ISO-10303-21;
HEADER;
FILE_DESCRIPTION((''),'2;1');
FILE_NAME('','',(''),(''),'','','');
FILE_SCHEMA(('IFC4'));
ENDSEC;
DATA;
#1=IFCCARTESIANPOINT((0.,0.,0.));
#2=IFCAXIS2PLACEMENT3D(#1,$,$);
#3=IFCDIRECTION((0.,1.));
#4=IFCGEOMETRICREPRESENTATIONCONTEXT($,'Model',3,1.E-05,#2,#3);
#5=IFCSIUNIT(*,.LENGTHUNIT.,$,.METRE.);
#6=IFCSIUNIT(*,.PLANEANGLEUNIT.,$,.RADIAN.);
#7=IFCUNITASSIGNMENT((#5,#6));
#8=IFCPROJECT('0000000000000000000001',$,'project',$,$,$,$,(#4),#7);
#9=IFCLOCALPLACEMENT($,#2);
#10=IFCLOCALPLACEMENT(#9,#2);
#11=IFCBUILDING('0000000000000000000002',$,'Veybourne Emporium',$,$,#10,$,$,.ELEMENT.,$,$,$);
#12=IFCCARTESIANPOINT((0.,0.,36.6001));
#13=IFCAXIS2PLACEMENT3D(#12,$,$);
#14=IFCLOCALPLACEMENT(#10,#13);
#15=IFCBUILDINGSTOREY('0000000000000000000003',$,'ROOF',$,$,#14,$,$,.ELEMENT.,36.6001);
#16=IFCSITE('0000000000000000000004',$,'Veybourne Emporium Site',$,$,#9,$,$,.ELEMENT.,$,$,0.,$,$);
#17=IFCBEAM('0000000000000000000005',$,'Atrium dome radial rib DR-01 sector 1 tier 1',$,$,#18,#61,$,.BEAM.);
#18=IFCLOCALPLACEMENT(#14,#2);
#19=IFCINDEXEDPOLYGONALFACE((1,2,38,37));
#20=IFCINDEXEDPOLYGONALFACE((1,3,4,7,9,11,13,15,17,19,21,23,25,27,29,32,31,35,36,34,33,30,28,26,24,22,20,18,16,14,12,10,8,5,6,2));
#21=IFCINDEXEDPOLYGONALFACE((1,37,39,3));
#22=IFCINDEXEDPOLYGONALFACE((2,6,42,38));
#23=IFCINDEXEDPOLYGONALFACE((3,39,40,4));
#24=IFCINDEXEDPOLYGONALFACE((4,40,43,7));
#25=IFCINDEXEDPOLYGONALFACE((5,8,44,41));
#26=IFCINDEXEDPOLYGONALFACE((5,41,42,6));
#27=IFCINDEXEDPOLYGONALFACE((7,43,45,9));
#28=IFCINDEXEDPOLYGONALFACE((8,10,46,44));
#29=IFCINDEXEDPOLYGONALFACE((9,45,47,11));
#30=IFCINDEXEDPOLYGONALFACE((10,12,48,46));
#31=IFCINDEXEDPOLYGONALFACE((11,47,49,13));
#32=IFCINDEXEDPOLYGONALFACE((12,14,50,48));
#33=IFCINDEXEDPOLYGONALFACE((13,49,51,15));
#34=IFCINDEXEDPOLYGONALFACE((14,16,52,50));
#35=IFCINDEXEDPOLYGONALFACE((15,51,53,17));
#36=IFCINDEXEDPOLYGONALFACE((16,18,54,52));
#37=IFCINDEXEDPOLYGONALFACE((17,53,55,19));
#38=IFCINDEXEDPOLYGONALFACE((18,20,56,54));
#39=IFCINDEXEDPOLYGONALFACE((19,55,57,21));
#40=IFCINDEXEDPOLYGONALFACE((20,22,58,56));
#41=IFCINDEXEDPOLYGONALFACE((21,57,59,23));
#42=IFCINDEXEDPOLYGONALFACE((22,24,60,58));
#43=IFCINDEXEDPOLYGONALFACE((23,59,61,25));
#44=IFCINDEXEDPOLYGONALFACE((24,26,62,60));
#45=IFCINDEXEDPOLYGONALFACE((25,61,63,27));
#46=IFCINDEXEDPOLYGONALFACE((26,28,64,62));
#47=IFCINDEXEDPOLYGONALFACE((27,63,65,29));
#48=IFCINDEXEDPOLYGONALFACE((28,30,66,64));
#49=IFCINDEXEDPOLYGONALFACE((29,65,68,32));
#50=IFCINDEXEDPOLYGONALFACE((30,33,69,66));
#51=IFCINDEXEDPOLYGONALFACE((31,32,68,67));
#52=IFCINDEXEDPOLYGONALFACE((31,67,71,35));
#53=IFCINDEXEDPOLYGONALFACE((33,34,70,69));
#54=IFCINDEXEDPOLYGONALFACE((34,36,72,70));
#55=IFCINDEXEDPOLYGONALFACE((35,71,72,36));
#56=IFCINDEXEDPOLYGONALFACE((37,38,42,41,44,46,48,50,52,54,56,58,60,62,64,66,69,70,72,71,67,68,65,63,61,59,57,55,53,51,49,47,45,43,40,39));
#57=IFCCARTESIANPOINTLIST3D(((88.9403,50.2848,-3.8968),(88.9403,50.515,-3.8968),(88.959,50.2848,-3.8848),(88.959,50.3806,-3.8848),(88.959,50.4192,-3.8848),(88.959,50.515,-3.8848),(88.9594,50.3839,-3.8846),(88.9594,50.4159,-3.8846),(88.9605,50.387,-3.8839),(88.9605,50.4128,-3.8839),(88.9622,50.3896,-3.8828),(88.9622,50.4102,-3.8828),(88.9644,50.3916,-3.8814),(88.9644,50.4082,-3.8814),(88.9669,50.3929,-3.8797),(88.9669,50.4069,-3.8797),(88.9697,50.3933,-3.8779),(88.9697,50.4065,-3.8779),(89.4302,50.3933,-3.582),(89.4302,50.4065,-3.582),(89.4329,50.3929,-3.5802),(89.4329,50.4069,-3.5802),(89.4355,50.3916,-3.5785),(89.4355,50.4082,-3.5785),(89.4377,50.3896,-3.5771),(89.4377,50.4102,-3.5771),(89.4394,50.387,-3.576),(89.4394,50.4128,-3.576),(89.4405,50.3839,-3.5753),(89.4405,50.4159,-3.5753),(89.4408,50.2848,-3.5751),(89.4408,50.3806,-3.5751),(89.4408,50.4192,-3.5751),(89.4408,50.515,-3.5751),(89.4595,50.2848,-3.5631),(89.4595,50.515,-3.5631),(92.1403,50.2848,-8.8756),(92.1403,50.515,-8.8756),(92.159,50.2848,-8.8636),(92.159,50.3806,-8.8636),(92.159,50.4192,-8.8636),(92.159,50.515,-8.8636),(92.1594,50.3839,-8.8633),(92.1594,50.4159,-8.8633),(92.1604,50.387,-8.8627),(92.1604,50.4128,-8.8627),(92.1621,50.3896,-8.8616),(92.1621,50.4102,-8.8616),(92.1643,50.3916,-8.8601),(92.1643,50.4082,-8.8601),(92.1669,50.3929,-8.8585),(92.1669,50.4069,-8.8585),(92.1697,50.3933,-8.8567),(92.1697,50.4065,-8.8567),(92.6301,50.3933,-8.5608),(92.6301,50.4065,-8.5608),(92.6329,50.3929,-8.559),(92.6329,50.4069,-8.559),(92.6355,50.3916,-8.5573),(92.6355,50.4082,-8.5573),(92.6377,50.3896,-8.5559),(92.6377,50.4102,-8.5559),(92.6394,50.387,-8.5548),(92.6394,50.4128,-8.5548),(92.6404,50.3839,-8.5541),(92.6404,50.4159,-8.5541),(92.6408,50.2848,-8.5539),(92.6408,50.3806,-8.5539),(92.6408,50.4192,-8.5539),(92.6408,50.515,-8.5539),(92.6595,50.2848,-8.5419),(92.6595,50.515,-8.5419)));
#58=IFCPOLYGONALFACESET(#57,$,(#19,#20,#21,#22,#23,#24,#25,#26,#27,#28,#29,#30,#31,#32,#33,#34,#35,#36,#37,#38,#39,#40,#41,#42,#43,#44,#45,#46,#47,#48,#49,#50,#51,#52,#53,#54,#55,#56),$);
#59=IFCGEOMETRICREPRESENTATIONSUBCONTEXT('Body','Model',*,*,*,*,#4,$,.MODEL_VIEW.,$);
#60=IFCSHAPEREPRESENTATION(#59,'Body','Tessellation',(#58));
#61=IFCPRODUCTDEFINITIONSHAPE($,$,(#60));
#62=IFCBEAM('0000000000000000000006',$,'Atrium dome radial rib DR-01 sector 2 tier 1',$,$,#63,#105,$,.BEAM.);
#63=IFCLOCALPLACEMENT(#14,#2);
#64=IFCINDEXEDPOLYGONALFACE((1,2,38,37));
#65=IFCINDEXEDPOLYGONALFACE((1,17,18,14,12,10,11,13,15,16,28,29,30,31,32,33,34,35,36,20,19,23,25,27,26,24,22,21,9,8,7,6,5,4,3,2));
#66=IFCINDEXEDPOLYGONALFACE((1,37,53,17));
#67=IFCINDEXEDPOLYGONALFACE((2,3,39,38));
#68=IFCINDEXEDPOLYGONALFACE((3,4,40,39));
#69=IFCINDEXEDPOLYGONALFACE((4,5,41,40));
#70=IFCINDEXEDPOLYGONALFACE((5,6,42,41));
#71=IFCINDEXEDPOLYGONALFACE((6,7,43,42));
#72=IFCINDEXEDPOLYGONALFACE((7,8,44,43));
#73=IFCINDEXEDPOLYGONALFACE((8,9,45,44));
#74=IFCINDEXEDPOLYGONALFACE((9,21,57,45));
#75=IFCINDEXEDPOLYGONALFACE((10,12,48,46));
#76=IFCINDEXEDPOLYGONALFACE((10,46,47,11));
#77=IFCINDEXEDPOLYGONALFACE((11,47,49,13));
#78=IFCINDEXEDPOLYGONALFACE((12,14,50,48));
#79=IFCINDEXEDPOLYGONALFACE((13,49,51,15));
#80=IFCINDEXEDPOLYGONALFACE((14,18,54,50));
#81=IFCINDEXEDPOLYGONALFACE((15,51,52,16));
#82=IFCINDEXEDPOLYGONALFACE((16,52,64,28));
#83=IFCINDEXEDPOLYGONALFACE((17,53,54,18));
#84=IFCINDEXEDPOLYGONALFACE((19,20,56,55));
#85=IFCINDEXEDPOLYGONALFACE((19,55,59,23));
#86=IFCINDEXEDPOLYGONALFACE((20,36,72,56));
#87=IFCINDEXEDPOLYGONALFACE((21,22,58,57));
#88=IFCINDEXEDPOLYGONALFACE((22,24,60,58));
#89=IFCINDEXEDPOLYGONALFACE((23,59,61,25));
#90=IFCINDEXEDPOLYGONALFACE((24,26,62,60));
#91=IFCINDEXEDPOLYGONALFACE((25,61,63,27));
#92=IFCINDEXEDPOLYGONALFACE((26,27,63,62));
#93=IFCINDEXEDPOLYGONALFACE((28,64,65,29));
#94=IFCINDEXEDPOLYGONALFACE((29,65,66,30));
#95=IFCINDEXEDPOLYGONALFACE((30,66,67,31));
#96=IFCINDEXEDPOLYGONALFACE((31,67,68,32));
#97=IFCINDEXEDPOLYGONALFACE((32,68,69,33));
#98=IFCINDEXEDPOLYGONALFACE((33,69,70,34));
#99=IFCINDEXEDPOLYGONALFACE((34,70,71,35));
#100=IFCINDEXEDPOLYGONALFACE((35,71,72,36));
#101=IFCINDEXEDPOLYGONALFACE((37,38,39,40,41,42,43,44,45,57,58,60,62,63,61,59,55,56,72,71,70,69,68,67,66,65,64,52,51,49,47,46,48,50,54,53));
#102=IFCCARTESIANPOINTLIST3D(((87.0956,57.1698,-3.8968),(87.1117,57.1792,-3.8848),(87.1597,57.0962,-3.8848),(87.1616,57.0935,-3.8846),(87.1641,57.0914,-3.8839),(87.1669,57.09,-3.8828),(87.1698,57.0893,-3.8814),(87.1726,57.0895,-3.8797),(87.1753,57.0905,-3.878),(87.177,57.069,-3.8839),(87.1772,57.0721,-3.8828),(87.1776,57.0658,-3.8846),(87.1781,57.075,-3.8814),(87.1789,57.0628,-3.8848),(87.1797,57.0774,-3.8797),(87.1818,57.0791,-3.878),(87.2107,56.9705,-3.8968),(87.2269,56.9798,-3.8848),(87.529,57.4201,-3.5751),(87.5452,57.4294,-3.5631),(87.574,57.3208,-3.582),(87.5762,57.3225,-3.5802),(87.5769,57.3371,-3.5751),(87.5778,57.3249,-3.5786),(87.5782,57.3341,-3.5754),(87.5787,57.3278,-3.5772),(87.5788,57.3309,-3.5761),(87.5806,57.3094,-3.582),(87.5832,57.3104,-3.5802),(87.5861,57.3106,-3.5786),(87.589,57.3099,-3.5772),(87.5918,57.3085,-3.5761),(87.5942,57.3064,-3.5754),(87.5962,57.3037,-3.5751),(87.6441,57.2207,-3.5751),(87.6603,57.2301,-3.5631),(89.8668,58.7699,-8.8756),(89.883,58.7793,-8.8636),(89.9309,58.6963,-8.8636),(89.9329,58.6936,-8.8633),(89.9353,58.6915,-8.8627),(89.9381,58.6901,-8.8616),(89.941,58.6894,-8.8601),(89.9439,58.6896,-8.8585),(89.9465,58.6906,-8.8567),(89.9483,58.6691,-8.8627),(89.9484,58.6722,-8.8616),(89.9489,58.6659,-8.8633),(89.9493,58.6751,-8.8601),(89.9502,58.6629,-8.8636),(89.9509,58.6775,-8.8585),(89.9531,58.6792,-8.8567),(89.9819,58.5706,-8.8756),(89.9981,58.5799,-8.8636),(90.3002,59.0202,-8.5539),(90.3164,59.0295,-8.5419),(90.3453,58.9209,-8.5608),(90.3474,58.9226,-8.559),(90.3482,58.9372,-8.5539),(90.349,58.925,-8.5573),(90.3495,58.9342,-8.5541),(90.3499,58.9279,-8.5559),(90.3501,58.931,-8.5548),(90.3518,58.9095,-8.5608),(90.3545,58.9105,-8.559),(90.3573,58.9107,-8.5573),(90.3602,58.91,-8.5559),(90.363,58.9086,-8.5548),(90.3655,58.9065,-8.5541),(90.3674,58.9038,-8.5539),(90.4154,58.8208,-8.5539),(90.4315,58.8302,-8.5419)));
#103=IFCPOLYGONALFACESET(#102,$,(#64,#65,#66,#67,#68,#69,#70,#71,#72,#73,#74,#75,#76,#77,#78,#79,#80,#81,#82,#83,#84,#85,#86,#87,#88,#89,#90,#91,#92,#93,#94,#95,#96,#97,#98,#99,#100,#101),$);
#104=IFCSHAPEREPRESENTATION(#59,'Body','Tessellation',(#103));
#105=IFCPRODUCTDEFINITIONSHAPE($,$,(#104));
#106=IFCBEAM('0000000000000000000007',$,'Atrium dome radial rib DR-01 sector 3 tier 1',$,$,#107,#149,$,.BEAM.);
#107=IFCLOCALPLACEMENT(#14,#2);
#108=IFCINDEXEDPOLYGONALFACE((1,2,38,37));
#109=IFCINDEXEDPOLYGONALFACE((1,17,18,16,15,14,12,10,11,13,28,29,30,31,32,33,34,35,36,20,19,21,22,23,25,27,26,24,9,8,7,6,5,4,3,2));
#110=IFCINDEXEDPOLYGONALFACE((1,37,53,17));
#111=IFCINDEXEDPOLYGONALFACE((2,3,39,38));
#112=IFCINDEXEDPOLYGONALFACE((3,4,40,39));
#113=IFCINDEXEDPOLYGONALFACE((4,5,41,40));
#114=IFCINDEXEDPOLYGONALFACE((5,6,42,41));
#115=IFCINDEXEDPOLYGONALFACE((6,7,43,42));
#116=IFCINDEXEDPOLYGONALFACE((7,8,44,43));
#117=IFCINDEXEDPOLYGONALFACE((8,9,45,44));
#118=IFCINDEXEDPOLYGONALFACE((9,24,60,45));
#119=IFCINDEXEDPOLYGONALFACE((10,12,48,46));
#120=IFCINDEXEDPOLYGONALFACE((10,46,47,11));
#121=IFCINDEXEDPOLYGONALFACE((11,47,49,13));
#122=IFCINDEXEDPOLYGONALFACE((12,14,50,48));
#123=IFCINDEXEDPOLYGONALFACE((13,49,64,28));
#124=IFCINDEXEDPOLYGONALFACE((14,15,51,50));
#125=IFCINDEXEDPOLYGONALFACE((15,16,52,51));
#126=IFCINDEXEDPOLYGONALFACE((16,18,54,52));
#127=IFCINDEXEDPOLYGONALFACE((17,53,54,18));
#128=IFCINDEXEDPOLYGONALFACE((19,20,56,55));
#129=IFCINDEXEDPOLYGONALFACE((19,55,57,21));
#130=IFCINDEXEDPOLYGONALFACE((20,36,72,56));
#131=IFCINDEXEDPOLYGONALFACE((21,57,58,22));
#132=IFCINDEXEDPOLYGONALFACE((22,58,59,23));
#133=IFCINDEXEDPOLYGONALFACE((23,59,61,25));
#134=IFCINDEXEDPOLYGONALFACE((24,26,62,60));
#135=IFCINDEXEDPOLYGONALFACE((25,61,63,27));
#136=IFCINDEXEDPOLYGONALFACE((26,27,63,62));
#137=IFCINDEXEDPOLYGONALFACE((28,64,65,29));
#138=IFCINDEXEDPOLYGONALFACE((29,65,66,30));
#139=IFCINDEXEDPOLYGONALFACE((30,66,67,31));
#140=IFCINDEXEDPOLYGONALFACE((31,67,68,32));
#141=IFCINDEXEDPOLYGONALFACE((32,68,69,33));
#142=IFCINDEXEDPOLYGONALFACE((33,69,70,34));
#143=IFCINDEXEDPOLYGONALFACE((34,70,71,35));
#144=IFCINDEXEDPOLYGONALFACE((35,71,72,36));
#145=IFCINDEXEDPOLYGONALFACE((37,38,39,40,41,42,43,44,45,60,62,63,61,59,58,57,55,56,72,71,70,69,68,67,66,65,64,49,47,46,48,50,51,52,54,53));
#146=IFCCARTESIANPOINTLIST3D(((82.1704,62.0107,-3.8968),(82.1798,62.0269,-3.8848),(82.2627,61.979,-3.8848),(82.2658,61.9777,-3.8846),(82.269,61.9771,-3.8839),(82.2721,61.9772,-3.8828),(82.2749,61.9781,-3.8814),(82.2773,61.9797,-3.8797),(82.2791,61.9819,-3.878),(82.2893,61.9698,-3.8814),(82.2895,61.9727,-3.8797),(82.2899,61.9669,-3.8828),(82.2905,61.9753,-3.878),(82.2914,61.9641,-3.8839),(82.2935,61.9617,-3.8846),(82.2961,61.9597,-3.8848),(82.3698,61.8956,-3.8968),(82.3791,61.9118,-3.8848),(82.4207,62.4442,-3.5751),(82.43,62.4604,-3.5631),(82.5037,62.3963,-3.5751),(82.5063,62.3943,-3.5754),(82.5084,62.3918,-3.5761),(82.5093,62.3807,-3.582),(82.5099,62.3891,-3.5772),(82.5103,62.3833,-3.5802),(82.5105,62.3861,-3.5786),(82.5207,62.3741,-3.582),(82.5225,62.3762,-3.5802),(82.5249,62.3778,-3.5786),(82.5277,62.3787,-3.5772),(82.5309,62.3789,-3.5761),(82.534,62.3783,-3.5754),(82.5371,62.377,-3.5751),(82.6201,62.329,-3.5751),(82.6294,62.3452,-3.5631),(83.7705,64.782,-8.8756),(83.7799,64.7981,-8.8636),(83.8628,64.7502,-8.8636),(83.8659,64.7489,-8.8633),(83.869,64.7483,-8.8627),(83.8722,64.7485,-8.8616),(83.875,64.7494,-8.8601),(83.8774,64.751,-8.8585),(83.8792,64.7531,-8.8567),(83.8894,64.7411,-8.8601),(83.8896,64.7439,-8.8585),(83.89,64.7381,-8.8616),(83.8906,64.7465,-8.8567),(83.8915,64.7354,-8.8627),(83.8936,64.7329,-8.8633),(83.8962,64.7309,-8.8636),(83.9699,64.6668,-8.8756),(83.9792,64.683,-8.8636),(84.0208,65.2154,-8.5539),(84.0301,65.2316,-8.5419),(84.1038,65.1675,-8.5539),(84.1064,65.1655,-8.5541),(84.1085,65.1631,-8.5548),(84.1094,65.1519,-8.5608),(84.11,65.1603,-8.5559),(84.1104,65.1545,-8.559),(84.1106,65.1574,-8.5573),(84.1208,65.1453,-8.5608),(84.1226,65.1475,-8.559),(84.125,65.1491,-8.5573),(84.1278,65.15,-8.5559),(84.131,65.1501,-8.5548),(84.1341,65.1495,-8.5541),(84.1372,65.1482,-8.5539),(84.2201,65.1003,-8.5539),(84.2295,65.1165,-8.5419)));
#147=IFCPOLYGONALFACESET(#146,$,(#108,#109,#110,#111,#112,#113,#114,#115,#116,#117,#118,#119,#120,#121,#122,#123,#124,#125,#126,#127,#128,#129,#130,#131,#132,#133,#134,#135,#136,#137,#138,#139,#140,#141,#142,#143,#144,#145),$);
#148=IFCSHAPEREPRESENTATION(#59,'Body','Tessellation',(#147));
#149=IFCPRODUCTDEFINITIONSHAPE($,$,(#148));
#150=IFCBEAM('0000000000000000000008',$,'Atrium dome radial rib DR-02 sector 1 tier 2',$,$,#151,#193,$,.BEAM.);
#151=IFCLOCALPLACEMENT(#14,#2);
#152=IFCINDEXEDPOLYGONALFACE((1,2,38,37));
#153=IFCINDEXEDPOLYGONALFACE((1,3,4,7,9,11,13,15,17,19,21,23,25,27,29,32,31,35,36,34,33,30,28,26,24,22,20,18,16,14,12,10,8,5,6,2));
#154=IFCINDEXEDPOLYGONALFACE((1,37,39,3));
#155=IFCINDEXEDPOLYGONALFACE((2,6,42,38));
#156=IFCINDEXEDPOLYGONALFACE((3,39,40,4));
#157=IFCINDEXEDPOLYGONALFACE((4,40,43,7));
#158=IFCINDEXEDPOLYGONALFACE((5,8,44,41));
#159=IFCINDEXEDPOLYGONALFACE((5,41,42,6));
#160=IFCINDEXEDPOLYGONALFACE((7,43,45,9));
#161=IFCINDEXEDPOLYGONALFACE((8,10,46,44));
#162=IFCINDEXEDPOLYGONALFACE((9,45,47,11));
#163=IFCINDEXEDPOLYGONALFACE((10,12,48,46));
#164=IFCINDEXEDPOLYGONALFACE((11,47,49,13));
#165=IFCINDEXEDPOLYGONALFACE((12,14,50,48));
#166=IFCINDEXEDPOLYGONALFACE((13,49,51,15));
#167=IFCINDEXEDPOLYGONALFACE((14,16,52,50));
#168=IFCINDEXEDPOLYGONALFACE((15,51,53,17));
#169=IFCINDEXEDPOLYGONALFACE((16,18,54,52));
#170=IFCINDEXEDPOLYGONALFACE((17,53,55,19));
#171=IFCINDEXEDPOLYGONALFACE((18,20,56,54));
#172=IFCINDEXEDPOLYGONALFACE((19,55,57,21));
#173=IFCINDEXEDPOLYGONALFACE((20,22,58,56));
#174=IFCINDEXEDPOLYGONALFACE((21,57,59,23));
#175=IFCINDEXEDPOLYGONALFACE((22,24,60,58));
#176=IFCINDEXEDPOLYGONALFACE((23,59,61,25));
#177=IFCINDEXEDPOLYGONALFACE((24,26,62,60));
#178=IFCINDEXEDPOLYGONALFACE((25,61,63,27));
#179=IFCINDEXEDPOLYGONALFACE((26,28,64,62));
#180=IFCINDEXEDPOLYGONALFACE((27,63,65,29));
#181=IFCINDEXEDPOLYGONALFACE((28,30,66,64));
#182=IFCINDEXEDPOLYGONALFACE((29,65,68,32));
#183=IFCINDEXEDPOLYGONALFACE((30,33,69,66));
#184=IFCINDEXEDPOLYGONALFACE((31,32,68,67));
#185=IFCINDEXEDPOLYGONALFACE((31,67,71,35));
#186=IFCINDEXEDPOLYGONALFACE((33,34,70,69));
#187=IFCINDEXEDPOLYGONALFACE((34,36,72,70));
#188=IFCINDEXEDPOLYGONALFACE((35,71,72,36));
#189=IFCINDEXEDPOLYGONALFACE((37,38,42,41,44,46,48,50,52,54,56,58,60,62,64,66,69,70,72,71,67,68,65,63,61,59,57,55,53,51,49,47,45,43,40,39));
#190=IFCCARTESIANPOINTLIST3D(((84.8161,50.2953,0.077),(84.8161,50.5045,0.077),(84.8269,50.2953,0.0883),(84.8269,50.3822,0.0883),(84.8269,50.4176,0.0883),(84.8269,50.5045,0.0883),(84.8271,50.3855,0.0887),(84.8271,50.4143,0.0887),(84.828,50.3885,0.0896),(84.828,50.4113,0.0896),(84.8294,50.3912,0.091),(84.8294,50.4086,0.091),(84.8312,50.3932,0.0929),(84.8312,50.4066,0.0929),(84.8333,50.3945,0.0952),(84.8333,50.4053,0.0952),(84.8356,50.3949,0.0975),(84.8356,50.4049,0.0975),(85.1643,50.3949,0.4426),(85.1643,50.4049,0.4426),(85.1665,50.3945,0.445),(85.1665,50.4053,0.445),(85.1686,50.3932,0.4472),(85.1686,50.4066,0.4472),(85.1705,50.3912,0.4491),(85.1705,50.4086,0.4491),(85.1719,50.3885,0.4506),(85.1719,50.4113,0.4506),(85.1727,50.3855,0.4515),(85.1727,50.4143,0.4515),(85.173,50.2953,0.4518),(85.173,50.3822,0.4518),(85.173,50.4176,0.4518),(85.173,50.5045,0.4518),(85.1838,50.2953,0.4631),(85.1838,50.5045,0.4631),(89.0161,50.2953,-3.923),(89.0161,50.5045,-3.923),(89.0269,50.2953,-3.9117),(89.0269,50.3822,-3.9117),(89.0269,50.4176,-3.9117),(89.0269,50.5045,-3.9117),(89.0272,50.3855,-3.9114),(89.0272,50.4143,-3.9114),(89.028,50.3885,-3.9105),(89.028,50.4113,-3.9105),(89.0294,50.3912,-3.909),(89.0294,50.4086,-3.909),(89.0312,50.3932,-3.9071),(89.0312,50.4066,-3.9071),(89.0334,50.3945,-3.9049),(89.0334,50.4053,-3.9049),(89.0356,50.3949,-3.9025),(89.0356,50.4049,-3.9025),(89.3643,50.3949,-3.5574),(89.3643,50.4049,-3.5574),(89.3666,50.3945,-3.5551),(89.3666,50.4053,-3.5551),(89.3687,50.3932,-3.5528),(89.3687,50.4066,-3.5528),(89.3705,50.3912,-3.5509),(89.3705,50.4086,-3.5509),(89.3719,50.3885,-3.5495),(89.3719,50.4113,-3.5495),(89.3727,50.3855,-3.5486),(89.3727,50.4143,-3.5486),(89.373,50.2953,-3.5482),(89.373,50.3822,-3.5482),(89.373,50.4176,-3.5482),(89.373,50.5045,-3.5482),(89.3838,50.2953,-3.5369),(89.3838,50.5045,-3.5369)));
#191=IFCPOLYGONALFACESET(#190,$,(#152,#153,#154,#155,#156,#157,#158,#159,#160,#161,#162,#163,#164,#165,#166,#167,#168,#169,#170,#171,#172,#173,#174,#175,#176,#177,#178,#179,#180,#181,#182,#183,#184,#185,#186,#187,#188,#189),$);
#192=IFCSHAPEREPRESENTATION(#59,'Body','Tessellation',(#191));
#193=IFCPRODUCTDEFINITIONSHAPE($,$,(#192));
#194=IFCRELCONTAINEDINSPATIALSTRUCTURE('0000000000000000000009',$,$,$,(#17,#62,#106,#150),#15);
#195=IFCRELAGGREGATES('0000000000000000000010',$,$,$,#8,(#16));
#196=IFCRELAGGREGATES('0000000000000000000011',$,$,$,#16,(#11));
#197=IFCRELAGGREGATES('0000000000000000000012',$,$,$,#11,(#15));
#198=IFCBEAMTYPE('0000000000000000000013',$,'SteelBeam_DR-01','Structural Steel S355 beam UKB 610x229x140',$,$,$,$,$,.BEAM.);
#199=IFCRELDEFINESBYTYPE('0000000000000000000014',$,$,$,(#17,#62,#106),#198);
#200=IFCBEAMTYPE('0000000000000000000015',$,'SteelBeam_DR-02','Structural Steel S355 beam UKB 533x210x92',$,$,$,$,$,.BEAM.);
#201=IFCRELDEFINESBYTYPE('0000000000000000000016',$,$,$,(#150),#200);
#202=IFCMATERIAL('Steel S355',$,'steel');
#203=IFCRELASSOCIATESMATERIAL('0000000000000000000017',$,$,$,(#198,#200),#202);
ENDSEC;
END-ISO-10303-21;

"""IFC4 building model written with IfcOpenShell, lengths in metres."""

from ifc_helpers import new_model, si_unit, direction, frame, origin, origin_2d, place, context, subcontext, project, spatial, i_section, extrude, material, material_profile, profile_set, type_object, element, save


model = new_model("IFC4")

# Units and contexts
model_context = context("Model", 3, precision=1e-05, world=origin(), true_north=direction((0.0, 1.0)))
body_context = subcontext(model_context, "Body", "Model", "MODEL_VIEW")
ifc_project = project(units=[si_unit("LENGTHUNIT", "METRE"), si_unit("PLANEANGLEUNIT", "RADIAN")], contexts=[model_context])

# Site, building, storey
site_placement = place(None, origin())
site = spatial("IfcSite", under=ifc_project, at=site_placement, Name="Veybourne Emporium Site", CompositionType="ELEMENT", RefElevation=0.0)
building_placement = place(site_placement, origin())
building = spatial("IfcBuilding", under=site, at=building_placement, Name="Veybourne Emporium", CompositionType="ELEMENT")
storey_placement = place(building_placement, frame((0.0, 0.0, 36.6001)))
storey = spatial("IfcBuildingStorey", under=building, at=storey_placement, Name="ROOF", CompositionType="ELEMENT", Elevation=36.6001)

# Beams
ifc_material_1 = material(Name="Steel S355", Category="steel")
ifc_material_profile_1 = material_profile(ifc_material_1, i_section(OverallWidth=0.2302, OverallDepth=0.6172, WebThickness=0.0132, FlangeThickness=0.0222, FilletRadius=0.0127, at=origin_2d()), Name="UKB 610x229x140")
ifc_profile_set_1 = profile_set([ifc_material_profile_1], Name="Steel S355")
beam_type_1 = type_object("IfcBeamType", Name="SteelBeam_DR-01", Description="Structural Steel S355 beam UKB 610x229x140", PredefinedType="BEAM", material=ifc_profile_set_1)
for number, where, z_axis, x_axis, name in (
    (1, (92.3999, 50.3999, -8.7087), (-0.540676, 0.0, 0.841231), (0.0, -1.0, 0.0), "Atrium dome radial rib DR-01 sector 1 tier 1"),
    (2, (90.1492, 58.8, -8.7087), (-0.468237, -0.270357, 0.841226), (0.500028, -0.866009, 0.0), "Atrium dome radial rib DR-01 sector 2 tier 1"),
    (3, (84.0, 64.9492, -8.7087), (-0.270357, -0.468237, 0.841226), (0.866009, -0.500028, 0.0), "Atrium dome radial rib DR-01 sector 3 tier 1"),
):
    element("IfcBeam", number, at=place(storey_placement, frame(where, z_axis=z_axis, x_axis=x_axis)), inside=storey, type_object=beam_type_1, Name=name, PredefinedType="BEAM", context=body_context, shape_type="SweptSolid", body=[
        extrude(i_section(OverallWidth=0.2302, OverallDepth=0.6172, WebThickness=0.0132, FlangeThickness=0.0222, FilletRadius=0.0127, at=origin_2d()), origin(), (0.0, 0.0, 1.0), 5.9185),
    ])
ifc_material_profile_2 = material_profile(ifc_material_1, i_section(OverallWidth=0.2092, OverallDepth=0.5332, WebThickness=0.01, FlangeThickness=0.0156, FilletRadius=0.0127, at=origin_2d()), Name="UKB 533x210x92")
ifc_profile_set_2 = profile_set([ifc_material_profile_2], Name="Steel S355")
beam_type_2 = type_object("IfcBeamType", Name="SteelBeam_DR-02", Description="Structural Steel S355 beam UKB 533x210x92", PredefinedType="BEAM", material=ifc_profile_set_2)
beam_1_placement = place(storey_placement, frame((89.2, 50.3999, -3.73), z_axis=(-0.724134, 0.0, 0.689659), x_axis=(0.0, -1.0, 0.0)))
element("IfcBeam", 4, at=beam_1_placement, inside=storey, type_object=beam_type_2, Name="Atrium dome radial rib DR-02 sector 1 tier 2", PredefinedType="BEAM", context=body_context, shape_type="SweptSolid", body=[
    extrude(i_section(OverallWidth=0.2092, OverallDepth=0.5332, WebThickness=0.01, FlangeThickness=0.0156, FilletRadius=0.0127, at=origin_2d()), origin(), (0.0, 0.0, 1.0), 5.8),
])

save(model, "model.ifc")
